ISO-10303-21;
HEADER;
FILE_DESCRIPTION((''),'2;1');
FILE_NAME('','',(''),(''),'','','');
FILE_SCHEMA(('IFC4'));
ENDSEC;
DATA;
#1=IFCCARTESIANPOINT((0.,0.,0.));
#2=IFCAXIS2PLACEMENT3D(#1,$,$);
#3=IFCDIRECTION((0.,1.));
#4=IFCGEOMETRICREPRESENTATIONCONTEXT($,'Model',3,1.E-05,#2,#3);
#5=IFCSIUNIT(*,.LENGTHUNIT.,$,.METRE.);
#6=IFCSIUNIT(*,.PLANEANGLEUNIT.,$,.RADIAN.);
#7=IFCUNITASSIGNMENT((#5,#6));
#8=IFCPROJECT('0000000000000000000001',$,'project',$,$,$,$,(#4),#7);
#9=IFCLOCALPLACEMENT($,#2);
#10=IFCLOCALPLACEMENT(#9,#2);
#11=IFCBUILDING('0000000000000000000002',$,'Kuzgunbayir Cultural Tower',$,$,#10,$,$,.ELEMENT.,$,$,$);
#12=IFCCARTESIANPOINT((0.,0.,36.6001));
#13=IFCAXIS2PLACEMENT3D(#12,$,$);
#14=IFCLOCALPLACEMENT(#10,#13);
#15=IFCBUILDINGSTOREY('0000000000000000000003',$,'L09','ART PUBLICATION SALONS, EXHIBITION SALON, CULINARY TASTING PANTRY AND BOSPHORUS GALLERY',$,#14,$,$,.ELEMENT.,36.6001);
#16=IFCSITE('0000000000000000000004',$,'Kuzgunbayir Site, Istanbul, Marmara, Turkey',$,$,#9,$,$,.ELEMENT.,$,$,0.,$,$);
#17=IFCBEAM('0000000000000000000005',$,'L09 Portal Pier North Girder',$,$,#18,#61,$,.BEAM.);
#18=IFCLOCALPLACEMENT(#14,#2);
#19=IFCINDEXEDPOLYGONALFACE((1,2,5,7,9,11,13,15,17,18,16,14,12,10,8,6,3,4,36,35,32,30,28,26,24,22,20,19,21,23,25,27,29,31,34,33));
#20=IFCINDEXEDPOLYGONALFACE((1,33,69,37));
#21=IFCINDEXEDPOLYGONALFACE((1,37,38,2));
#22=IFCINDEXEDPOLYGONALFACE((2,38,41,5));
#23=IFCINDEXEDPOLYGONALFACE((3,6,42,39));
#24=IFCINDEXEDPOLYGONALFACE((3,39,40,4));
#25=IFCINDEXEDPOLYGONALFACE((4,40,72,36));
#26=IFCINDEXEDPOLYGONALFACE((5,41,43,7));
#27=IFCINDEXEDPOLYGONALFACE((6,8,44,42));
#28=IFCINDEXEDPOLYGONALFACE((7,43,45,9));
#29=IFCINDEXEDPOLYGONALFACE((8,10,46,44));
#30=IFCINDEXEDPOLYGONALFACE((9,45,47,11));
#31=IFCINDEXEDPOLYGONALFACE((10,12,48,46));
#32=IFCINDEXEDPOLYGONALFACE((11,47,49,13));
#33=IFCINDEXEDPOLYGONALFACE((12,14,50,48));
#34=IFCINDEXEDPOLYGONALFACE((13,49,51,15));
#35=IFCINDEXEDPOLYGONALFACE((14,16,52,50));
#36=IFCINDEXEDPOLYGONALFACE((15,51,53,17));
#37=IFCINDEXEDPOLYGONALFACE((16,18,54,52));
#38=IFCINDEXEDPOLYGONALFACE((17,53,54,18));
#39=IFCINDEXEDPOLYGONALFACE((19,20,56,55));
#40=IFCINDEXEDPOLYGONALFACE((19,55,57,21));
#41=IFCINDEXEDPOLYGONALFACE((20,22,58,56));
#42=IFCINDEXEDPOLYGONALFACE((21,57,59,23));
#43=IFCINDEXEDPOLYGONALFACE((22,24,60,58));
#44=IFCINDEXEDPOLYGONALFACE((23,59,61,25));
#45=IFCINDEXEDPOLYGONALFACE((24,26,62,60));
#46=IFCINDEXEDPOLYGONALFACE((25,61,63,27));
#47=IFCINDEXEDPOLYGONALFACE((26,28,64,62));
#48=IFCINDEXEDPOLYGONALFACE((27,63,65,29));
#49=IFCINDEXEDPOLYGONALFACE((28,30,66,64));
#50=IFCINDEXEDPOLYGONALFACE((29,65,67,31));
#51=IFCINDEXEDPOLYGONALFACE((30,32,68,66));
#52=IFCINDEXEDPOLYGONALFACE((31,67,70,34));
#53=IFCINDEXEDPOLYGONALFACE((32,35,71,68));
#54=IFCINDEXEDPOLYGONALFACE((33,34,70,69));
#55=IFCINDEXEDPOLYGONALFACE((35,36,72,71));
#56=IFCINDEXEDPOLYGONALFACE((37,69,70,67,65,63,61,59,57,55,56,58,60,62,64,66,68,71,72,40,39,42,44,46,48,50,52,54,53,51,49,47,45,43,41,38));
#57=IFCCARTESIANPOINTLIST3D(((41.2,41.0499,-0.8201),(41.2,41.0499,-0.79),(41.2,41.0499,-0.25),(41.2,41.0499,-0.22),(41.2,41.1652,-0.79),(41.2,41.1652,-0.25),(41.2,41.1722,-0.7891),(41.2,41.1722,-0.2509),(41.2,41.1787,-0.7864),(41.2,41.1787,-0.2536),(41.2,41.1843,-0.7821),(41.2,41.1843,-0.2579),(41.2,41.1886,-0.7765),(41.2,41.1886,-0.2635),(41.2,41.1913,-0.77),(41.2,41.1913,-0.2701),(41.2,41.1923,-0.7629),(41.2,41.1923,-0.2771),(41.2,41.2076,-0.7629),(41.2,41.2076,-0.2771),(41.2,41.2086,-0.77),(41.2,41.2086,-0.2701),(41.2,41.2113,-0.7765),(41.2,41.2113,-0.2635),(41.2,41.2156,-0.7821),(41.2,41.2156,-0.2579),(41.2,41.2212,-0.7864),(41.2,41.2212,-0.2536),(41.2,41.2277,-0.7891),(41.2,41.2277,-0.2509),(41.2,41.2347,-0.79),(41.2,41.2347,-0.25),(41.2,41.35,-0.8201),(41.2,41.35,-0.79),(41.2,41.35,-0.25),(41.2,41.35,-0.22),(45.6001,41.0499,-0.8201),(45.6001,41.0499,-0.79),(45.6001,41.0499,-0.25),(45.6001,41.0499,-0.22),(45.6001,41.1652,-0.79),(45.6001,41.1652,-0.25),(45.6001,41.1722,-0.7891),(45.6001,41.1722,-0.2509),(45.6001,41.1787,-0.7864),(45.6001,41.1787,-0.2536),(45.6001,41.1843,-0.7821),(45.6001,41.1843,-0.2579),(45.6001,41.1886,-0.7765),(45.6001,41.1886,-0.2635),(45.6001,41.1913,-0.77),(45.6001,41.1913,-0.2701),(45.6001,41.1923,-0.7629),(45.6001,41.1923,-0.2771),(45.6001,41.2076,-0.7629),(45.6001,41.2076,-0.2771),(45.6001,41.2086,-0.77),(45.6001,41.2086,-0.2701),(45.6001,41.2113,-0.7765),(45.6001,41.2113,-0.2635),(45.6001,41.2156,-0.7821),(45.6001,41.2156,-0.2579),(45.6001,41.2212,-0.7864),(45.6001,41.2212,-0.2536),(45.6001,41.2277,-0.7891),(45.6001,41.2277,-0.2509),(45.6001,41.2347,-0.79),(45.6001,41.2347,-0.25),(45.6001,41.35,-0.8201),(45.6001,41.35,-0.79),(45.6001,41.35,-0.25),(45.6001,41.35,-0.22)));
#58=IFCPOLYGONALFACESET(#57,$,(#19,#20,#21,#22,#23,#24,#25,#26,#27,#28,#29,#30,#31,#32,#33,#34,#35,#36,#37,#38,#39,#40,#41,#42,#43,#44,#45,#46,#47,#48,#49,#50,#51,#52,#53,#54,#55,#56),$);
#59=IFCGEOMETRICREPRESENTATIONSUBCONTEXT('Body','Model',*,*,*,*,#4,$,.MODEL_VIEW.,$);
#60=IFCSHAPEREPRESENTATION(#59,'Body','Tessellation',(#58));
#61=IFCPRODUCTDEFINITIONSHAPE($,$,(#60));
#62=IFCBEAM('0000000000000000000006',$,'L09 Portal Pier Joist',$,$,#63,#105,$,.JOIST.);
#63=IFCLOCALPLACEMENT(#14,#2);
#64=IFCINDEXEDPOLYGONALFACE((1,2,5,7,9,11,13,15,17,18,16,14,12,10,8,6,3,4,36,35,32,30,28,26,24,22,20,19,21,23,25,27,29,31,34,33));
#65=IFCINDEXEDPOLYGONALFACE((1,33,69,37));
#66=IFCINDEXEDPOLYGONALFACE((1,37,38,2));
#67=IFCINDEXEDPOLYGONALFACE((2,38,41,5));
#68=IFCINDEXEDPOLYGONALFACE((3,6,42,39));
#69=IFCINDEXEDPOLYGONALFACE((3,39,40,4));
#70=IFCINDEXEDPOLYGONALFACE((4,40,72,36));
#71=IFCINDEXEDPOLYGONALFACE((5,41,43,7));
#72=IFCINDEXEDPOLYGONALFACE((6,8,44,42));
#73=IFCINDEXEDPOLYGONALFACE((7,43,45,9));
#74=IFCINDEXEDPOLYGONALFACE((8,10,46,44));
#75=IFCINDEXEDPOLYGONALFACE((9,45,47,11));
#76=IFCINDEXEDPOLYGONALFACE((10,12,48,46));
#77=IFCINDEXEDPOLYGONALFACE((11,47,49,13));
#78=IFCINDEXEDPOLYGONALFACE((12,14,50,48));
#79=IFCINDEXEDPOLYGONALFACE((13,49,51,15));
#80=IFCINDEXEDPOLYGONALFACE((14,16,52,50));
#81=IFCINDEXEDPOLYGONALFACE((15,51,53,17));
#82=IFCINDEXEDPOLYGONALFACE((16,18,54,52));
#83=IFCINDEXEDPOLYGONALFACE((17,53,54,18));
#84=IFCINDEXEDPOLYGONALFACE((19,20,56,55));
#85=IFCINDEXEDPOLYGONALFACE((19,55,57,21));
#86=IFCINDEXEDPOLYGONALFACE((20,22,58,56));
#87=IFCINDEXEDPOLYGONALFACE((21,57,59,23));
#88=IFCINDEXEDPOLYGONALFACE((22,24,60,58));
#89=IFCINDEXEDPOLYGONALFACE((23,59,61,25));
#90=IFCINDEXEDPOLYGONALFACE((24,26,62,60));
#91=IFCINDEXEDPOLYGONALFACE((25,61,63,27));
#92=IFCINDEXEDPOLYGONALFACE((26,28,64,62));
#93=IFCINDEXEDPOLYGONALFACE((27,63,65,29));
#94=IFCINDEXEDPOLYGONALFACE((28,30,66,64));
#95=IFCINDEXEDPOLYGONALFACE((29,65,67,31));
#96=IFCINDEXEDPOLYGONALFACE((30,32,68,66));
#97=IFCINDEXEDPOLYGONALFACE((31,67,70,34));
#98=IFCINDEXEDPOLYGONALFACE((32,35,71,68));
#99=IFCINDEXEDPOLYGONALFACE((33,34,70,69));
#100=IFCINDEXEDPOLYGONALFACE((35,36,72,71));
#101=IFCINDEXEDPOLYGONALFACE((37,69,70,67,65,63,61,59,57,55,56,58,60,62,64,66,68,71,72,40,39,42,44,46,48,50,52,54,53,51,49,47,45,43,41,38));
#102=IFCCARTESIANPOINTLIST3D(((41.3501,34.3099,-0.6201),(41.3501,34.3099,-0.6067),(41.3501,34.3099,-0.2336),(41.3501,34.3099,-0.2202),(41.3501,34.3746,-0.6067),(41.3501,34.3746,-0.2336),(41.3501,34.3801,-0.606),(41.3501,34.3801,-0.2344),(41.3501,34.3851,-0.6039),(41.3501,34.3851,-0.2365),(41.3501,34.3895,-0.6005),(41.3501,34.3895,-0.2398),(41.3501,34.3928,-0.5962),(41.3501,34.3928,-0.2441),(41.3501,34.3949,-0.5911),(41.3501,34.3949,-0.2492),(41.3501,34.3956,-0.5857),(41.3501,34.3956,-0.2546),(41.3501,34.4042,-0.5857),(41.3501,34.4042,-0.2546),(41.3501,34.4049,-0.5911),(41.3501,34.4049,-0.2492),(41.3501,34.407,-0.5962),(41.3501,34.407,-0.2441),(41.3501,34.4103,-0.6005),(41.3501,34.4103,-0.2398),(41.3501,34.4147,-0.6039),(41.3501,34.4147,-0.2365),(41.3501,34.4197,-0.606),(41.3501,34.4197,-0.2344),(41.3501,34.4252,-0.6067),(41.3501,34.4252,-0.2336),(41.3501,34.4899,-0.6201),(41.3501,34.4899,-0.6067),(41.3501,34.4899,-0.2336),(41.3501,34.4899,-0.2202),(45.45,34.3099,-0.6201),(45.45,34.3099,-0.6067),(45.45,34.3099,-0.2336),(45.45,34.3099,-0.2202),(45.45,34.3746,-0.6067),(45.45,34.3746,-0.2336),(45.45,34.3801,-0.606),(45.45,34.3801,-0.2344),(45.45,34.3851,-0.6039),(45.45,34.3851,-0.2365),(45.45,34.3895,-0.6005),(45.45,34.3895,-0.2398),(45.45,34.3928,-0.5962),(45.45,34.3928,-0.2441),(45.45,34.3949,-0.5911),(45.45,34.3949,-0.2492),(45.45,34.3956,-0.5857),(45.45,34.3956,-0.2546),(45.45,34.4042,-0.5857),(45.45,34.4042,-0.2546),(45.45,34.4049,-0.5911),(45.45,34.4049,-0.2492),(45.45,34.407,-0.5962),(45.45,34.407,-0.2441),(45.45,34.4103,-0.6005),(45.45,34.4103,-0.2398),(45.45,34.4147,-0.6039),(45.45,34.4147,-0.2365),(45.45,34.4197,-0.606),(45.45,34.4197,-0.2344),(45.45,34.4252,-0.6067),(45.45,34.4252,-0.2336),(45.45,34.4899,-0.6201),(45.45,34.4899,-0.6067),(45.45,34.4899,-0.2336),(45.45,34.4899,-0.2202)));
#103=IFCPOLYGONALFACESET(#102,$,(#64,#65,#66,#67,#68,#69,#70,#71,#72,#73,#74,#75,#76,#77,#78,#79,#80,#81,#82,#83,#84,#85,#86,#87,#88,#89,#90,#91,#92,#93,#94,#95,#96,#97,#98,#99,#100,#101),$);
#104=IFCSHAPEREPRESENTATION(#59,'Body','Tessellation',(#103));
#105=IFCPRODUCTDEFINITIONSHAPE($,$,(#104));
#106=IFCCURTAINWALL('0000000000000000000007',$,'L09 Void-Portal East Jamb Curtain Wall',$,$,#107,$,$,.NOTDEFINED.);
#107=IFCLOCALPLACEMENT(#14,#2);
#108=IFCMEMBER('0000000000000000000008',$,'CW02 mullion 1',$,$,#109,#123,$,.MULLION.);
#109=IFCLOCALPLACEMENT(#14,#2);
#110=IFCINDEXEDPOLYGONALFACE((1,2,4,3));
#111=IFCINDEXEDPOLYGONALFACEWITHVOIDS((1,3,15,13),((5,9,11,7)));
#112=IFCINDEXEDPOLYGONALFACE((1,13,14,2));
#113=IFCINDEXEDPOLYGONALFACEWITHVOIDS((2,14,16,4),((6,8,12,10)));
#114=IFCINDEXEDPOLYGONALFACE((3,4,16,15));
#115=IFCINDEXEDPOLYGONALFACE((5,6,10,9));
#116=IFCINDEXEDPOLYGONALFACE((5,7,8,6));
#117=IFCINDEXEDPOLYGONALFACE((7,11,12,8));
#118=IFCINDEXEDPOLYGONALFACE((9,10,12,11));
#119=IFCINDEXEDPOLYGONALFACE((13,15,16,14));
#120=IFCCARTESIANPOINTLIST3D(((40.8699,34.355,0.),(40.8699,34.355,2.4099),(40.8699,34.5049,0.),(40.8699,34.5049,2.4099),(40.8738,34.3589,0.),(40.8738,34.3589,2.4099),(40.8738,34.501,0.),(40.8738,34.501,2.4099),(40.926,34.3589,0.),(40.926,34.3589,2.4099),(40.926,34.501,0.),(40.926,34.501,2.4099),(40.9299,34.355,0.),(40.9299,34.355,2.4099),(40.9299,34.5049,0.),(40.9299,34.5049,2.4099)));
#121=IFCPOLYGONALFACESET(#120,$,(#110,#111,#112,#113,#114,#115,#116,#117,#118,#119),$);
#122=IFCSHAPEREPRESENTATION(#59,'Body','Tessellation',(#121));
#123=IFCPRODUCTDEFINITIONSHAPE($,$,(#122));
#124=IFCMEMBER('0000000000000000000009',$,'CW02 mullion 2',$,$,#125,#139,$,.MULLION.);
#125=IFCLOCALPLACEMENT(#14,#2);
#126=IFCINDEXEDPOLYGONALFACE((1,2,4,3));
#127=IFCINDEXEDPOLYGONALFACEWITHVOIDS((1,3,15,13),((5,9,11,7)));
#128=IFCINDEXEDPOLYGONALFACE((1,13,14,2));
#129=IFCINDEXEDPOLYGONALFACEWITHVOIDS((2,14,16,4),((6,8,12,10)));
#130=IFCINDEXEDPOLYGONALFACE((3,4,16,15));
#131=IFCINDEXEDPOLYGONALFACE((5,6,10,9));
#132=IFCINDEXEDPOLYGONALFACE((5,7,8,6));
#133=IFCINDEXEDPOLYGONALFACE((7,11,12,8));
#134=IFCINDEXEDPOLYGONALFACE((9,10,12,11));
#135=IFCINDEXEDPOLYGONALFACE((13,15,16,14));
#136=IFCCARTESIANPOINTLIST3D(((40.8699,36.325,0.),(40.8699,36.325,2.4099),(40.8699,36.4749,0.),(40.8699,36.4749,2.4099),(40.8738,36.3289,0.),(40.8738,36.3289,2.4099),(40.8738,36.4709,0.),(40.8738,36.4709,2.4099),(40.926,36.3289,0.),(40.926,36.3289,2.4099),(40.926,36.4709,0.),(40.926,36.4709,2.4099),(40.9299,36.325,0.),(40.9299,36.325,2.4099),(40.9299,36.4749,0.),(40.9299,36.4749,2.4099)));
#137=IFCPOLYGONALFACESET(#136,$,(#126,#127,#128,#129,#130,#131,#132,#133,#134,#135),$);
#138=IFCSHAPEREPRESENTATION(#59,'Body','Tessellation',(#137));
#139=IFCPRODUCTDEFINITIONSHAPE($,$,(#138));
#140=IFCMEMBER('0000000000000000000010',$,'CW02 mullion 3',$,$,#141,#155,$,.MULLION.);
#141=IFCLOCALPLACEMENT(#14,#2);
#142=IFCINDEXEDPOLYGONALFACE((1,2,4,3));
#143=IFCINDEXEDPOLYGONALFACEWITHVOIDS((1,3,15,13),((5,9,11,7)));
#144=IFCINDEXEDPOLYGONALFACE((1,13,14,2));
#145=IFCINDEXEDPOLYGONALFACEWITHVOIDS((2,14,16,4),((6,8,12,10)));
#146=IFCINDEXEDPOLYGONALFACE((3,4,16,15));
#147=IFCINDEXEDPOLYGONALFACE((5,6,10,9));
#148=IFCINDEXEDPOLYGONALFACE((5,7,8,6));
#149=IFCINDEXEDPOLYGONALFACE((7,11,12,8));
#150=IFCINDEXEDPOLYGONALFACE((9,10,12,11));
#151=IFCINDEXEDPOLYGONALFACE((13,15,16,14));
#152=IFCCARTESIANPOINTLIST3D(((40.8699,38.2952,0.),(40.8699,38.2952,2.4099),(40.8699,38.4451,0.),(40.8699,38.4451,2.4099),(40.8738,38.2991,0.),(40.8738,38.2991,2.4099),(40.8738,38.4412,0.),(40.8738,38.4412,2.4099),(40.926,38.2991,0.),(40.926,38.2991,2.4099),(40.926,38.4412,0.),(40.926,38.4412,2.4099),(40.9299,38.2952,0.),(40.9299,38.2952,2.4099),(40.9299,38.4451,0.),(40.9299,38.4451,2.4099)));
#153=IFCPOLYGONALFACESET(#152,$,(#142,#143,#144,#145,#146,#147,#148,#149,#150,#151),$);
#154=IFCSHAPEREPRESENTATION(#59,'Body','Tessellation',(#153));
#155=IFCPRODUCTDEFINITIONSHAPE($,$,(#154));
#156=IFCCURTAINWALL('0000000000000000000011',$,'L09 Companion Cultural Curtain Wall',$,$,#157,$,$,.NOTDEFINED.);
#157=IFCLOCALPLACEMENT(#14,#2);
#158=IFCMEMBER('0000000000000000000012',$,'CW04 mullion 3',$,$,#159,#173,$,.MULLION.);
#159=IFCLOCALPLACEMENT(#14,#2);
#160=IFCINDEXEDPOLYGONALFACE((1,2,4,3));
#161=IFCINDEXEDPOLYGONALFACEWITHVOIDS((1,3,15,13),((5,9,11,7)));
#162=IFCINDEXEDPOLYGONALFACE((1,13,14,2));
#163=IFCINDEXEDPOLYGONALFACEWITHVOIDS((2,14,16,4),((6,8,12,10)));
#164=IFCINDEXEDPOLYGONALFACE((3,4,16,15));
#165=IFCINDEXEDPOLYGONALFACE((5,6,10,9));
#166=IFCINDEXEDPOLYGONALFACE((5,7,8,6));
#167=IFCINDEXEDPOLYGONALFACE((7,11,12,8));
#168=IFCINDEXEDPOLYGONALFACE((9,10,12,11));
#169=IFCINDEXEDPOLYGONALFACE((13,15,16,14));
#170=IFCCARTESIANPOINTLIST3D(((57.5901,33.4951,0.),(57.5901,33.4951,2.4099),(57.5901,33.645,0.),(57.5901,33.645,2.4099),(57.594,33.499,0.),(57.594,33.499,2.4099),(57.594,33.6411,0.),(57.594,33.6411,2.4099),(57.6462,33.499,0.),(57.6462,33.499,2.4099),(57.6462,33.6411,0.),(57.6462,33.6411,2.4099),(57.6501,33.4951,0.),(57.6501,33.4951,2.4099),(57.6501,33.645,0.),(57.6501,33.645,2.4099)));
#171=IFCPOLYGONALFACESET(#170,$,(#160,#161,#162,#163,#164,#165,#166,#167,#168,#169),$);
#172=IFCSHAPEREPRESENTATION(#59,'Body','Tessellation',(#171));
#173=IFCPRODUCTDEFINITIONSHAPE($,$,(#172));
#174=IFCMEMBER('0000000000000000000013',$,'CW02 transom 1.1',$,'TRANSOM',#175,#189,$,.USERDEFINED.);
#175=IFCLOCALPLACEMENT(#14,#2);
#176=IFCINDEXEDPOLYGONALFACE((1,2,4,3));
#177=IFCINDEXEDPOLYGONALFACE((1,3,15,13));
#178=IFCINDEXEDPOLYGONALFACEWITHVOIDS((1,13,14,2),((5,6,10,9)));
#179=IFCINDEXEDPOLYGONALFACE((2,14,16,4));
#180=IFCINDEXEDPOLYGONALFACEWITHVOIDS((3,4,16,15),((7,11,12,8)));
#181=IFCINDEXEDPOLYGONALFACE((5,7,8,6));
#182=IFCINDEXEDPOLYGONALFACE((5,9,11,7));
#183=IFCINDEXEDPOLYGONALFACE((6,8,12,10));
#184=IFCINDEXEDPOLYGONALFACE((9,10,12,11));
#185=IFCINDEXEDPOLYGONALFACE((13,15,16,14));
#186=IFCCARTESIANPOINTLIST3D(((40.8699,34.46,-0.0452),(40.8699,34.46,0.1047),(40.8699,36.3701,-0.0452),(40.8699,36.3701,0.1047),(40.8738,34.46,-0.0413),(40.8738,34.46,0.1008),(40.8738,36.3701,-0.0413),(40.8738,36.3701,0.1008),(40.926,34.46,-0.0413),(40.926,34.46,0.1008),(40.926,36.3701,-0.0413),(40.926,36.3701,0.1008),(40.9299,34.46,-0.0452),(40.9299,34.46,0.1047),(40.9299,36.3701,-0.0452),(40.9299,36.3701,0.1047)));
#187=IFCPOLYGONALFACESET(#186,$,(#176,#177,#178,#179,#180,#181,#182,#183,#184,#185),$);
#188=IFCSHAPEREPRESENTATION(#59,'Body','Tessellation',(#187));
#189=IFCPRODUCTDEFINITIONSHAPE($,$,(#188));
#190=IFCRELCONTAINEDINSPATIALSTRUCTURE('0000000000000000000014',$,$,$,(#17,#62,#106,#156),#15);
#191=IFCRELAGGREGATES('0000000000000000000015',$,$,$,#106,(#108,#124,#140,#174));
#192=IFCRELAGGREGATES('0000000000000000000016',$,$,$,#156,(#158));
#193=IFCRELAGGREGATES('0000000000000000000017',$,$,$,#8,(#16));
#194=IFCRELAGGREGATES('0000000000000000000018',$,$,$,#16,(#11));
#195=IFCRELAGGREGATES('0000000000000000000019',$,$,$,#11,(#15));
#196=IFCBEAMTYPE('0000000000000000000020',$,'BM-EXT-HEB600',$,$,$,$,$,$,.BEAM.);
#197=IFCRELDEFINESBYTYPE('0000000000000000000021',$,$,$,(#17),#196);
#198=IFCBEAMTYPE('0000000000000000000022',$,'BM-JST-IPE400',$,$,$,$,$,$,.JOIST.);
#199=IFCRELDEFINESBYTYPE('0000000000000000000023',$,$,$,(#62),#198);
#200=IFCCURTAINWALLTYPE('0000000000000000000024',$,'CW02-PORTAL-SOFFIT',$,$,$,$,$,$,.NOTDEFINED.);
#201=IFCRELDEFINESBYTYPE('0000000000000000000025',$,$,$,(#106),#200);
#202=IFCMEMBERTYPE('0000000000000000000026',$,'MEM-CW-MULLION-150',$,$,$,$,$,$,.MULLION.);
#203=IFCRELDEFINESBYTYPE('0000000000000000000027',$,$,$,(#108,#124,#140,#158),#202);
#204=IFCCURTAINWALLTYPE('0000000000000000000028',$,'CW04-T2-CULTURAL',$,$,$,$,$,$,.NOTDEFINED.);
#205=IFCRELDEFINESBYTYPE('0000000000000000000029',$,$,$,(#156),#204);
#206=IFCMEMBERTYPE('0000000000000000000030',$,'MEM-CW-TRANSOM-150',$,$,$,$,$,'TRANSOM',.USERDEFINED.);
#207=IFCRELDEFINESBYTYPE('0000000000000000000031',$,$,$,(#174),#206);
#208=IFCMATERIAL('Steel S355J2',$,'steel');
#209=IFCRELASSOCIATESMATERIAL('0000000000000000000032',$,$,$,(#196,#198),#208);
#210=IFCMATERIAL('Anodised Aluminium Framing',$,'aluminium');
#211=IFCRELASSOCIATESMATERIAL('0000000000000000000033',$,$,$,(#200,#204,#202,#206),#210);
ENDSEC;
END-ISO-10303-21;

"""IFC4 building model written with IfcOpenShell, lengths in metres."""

from ifc_helpers import new_model, si_unit, direction, frame, origin, origin_2d, place, context, subcontext, project, spatial, hollow_rectangle, i_section, extrude, material, material_profile, profile_set, type_object, element, aggregate, save


model = new_model("IFC4")

# Units and contexts
model_context = context("Model", 3, precision=1e-05, world=origin(), true_north=direction((0.0, 1.0)))
body_context = subcontext(model_context, "Body", "Model", "MODEL_VIEW")
ifc_project = project(units=[si_unit("LENGTHUNIT", "METRE"), si_unit("PLANEANGLEUNIT", "RADIAN")], contexts=[model_context])

# Site, building, storey
site_placement = place(None, origin())
site = spatial("IfcSite", under=ifc_project, at=site_placement, Name="Kuzgunbayir Site, Istanbul, Marmara, Turkey", CompositionType="ELEMENT", RefElevation=0.0)
building_placement = place(site_placement, origin())
building = spatial("IfcBuilding", under=site, at=building_placement, Name="Kuzgunbayir Cultural Tower", CompositionType="ELEMENT")
storey_placement = place(building_placement, frame((0.0, 0.0, 36.6001)))
storey = spatial("IfcBuildingStorey", under=building, at=storey_placement, Name="L09", Description="ART PUBLICATION SALONS, EXHIBITION SALON, CULINARY TASTING PANTRY AND BOSPHORUS GALLERY", CompositionType="ELEMENT", Elevation=36.6001)

# Beams
ifc_material_1 = material(Name="Steel S355J2", Category="steel")
ifc_material_profile_1 = material_profile(ifc_material_1, i_section(OverallWidth=0.3, OverallDepth=0.6001, WebThickness=0.0154, FlangeThickness=0.03, FilletRadius=0.0271, at=origin_2d()), Name="HEB 600")
ifc_profile_set_1 = profile_set([ifc_material_profile_1], Name="Steel S355J2")
beam_type_1 = type_object("IfcBeamType", Name="BM-EXT-HEB600", PredefinedType="BEAM", material=ifc_profile_set_1)
beam_1_placement = place(storey_placement, frame((41.2, 41.2, -0.52), z_axis=(1.0, 0.0, 0.0), x_axis=(0.0, 1.0, 0.0)))
element("IfcBeam", 1, at=beam_1_placement, inside=storey, type_object=beam_type_1, Name="L09 Portal Pier North Girder", PredefinedType="BEAM", context=body_context, shape_type="SweptSolid", body=[
    extrude(i_section(OverallWidth=0.3, OverallDepth=0.6001, WebThickness=0.0154, FlangeThickness=0.03, FilletRadius=0.0271, at=origin_2d()), origin(), (0.0, 0.0, 1.0), 4.4001),
])
ifc_material_profile_2 = material_profile(ifc_material_1, i_section(OverallWidth=0.1799, OverallDepth=0.3999, WebThickness=0.0085, FlangeThickness=0.0134, FilletRadius=0.021, at=origin_2d()), Name="IPE 400")
ifc_profile_set_2 = profile_set([ifc_material_profile_2], Name="Steel S355J2")
beam_type_2 = type_object("IfcBeamType", Name="BM-JST-IPE400", PredefinedType="JOIST", material=ifc_profile_set_2)
beam_2_placement = place(storey_placement, frame((41.3501, 34.3999, -0.4202), z_axis=(1.0, 0.0, 0.0), x_axis=(0.0, 1.0, 0.0)))
element("IfcBeam", 2, at=beam_2_placement, inside=storey, type_object=beam_type_2, Name="L09 Portal Pier Joist", PredefinedType="JOIST", context=body_context, shape_type="SweptSolid", body=[
    extrude(i_section(OverallWidth=0.1799, OverallDepth=0.3999, WebThickness=0.0085, FlangeThickness=0.0134, FilletRadius=0.021, at=origin_2d()), origin(), (0.0, 0.0, 1.0), 4.0999),
])

# Curtain wall, members
ifc_material_2 = material(Name="Anodised Aluminium Framing", Category="aluminium")
curtain_wall_type_1 = type_object("IfcCurtainWallType", Name="CW02-PORTAL-SOFFIT", PredefinedType="NOTDEFINED", material=ifc_material_2)
curtain_wall_1_placement = place(storey_placement, origin())
curtain_wall_1 = element("IfcCurtainWall", 3, at=curtain_wall_1_placement, inside=storey, type_object=curtain_wall_type_1, Name="L09 Void-Portal East Jamb Curtain Wall", PredefinedType="NOTDEFINED")
ifc_material_profile_3 = material_profile(ifc_material_2, hollow_rectangle(XDim=0.0601, YDim=0.1499, WallThickness=0.0039, at=origin_2d()), Name="RHS 150x60x4")
ifc_profile_set_3 = profile_set([ifc_material_profile_3], Name="Anodised Aluminium Framing")
member_type_1 = type_object("IfcMemberType", Name="MEM-CW-MULLION-150", PredefinedType="MULLION", material=ifc_profile_set_3)
member_1_placement = place(storey_placement, frame((40.8999, 34.4299, 0.0), z_axis=(0.0, 0.0, 1.0), x_axis=(-1.0, 0.0, 0.0)))
member_1 = element("IfcMember", 4, at=member_1_placement, type_object=member_type_1, Name="CW02 mullion 1", PredefinedType="MULLION", context=body_context, shape_type="SweptSolid", body=[
    extrude(hollow_rectangle(XDim=0.0601, YDim=0.1499, WallThickness=0.0039, at=origin_2d()), origin(), (0.0, 0.0, 1.0), 2.4099),
])
member_2_placement = place(storey_placement, frame((40.8999, 36.3999, 0.0), z_axis=(0.0, 0.0, 1.0), x_axis=(-1.0, 0.0, 0.0)))
member_2 = element("IfcMember", 5, at=member_2_placement, type_object=member_type_1, Name="CW02 mullion 2", PredefinedType="MULLION", context=body_context, shape_type="SweptSolid", body=[
    extrude(hollow_rectangle(XDim=0.0601, YDim=0.1499, WallThickness=0.0039, at=origin_2d()), origin(), (0.0, 0.0, 1.0), 2.4099),
])
member_3_placement = place(storey_placement, frame((40.8999, 38.3701, 0.0), z_axis=(0.0, 0.0, 1.0), x_axis=(-1.0, 0.0, 0.0)))
member_3 = element("IfcMember", 6, at=member_3_placement, type_object=member_type_1, Name="CW02 mullion 3", PredefinedType="MULLION", context=body_context, shape_type="SweptSolid", body=[
    extrude(hollow_rectangle(XDim=0.0601, YDim=0.1499, WallThickness=0.0039, at=origin_2d()), origin(), (0.0, 0.0, 1.0), 2.4099),
])

# Curtain wall, member
curtain_wall_type_2 = type_object("IfcCurtainWallType", Name="CW04-T2-CULTURAL", PredefinedType="NOTDEFINED", material=ifc_material_2)
curtain_wall_2_placement = place(storey_placement, origin())
curtain_wall_2 = element("IfcCurtainWall", 7, at=curtain_wall_2_placement, inside=storey, type_object=curtain_wall_type_2, Name="L09 Companion Cultural Curtain Wall", PredefinedType="NOTDEFINED")
member_4_placement = place(storey_placement, frame((57.6201, 33.5701, 0.0), z_axis=(0.0, 0.0, 1.0), x_axis=(-1.0, 0.0, 0.0)))
member_4 = element("IfcMember", 8, at=member_4_placement, type_object=member_type_1, Name="CW04 mullion 3", PredefinedType="MULLION", context=body_context, shape_type="SweptSolid", body=[
    extrude(hollow_rectangle(XDim=0.0601, YDim=0.1499, WallThickness=0.0039, at=origin_2d()), origin(), (0.0, 0.0, 1.0), 2.4099),
])

# Member
ifc_material_profile_4 = material_profile(ifc_material_2, hollow_rectangle(XDim=0.0601, YDim=0.1499, WallThickness=0.0039, at=origin_2d()), Name="RHS 150x60x4")
ifc_profile_set_4 = profile_set([ifc_material_profile_4], Name="Anodised Aluminium Framing")
member_type_2 = type_object("IfcMemberType", Name="MEM-CW-TRANSOM-150", ElementType="TRANSOM", PredefinedType="USERDEFINED", material=ifc_profile_set_4)
member_5_placement = place(storey_placement, frame((40.8999, 34.46, 0.0298), z_axis=(0.0, 1.0, 0.0), x_axis=(-1.0, 0.0, 0.0)))
member_5 = element("IfcMember", 9, at=member_5_placement, type_object=member_type_2, Name="CW02 transom 1.1", ObjectType="TRANSOM", PredefinedType="USERDEFINED", context=body_context, shape_type="SweptSolid", body=[
    extrude(hollow_rectangle(XDim=0.0601, YDim=0.1499, WallThickness=0.0039, at=origin_2d()), origin(), (0.0, 0.0, 1.0), 1.9102),
])

aggregate(curtain_wall_1, [member_1, member_2, member_3, member_5])
aggregate(curtain_wall_2, [member_4])

save(model, "model.ifc")
